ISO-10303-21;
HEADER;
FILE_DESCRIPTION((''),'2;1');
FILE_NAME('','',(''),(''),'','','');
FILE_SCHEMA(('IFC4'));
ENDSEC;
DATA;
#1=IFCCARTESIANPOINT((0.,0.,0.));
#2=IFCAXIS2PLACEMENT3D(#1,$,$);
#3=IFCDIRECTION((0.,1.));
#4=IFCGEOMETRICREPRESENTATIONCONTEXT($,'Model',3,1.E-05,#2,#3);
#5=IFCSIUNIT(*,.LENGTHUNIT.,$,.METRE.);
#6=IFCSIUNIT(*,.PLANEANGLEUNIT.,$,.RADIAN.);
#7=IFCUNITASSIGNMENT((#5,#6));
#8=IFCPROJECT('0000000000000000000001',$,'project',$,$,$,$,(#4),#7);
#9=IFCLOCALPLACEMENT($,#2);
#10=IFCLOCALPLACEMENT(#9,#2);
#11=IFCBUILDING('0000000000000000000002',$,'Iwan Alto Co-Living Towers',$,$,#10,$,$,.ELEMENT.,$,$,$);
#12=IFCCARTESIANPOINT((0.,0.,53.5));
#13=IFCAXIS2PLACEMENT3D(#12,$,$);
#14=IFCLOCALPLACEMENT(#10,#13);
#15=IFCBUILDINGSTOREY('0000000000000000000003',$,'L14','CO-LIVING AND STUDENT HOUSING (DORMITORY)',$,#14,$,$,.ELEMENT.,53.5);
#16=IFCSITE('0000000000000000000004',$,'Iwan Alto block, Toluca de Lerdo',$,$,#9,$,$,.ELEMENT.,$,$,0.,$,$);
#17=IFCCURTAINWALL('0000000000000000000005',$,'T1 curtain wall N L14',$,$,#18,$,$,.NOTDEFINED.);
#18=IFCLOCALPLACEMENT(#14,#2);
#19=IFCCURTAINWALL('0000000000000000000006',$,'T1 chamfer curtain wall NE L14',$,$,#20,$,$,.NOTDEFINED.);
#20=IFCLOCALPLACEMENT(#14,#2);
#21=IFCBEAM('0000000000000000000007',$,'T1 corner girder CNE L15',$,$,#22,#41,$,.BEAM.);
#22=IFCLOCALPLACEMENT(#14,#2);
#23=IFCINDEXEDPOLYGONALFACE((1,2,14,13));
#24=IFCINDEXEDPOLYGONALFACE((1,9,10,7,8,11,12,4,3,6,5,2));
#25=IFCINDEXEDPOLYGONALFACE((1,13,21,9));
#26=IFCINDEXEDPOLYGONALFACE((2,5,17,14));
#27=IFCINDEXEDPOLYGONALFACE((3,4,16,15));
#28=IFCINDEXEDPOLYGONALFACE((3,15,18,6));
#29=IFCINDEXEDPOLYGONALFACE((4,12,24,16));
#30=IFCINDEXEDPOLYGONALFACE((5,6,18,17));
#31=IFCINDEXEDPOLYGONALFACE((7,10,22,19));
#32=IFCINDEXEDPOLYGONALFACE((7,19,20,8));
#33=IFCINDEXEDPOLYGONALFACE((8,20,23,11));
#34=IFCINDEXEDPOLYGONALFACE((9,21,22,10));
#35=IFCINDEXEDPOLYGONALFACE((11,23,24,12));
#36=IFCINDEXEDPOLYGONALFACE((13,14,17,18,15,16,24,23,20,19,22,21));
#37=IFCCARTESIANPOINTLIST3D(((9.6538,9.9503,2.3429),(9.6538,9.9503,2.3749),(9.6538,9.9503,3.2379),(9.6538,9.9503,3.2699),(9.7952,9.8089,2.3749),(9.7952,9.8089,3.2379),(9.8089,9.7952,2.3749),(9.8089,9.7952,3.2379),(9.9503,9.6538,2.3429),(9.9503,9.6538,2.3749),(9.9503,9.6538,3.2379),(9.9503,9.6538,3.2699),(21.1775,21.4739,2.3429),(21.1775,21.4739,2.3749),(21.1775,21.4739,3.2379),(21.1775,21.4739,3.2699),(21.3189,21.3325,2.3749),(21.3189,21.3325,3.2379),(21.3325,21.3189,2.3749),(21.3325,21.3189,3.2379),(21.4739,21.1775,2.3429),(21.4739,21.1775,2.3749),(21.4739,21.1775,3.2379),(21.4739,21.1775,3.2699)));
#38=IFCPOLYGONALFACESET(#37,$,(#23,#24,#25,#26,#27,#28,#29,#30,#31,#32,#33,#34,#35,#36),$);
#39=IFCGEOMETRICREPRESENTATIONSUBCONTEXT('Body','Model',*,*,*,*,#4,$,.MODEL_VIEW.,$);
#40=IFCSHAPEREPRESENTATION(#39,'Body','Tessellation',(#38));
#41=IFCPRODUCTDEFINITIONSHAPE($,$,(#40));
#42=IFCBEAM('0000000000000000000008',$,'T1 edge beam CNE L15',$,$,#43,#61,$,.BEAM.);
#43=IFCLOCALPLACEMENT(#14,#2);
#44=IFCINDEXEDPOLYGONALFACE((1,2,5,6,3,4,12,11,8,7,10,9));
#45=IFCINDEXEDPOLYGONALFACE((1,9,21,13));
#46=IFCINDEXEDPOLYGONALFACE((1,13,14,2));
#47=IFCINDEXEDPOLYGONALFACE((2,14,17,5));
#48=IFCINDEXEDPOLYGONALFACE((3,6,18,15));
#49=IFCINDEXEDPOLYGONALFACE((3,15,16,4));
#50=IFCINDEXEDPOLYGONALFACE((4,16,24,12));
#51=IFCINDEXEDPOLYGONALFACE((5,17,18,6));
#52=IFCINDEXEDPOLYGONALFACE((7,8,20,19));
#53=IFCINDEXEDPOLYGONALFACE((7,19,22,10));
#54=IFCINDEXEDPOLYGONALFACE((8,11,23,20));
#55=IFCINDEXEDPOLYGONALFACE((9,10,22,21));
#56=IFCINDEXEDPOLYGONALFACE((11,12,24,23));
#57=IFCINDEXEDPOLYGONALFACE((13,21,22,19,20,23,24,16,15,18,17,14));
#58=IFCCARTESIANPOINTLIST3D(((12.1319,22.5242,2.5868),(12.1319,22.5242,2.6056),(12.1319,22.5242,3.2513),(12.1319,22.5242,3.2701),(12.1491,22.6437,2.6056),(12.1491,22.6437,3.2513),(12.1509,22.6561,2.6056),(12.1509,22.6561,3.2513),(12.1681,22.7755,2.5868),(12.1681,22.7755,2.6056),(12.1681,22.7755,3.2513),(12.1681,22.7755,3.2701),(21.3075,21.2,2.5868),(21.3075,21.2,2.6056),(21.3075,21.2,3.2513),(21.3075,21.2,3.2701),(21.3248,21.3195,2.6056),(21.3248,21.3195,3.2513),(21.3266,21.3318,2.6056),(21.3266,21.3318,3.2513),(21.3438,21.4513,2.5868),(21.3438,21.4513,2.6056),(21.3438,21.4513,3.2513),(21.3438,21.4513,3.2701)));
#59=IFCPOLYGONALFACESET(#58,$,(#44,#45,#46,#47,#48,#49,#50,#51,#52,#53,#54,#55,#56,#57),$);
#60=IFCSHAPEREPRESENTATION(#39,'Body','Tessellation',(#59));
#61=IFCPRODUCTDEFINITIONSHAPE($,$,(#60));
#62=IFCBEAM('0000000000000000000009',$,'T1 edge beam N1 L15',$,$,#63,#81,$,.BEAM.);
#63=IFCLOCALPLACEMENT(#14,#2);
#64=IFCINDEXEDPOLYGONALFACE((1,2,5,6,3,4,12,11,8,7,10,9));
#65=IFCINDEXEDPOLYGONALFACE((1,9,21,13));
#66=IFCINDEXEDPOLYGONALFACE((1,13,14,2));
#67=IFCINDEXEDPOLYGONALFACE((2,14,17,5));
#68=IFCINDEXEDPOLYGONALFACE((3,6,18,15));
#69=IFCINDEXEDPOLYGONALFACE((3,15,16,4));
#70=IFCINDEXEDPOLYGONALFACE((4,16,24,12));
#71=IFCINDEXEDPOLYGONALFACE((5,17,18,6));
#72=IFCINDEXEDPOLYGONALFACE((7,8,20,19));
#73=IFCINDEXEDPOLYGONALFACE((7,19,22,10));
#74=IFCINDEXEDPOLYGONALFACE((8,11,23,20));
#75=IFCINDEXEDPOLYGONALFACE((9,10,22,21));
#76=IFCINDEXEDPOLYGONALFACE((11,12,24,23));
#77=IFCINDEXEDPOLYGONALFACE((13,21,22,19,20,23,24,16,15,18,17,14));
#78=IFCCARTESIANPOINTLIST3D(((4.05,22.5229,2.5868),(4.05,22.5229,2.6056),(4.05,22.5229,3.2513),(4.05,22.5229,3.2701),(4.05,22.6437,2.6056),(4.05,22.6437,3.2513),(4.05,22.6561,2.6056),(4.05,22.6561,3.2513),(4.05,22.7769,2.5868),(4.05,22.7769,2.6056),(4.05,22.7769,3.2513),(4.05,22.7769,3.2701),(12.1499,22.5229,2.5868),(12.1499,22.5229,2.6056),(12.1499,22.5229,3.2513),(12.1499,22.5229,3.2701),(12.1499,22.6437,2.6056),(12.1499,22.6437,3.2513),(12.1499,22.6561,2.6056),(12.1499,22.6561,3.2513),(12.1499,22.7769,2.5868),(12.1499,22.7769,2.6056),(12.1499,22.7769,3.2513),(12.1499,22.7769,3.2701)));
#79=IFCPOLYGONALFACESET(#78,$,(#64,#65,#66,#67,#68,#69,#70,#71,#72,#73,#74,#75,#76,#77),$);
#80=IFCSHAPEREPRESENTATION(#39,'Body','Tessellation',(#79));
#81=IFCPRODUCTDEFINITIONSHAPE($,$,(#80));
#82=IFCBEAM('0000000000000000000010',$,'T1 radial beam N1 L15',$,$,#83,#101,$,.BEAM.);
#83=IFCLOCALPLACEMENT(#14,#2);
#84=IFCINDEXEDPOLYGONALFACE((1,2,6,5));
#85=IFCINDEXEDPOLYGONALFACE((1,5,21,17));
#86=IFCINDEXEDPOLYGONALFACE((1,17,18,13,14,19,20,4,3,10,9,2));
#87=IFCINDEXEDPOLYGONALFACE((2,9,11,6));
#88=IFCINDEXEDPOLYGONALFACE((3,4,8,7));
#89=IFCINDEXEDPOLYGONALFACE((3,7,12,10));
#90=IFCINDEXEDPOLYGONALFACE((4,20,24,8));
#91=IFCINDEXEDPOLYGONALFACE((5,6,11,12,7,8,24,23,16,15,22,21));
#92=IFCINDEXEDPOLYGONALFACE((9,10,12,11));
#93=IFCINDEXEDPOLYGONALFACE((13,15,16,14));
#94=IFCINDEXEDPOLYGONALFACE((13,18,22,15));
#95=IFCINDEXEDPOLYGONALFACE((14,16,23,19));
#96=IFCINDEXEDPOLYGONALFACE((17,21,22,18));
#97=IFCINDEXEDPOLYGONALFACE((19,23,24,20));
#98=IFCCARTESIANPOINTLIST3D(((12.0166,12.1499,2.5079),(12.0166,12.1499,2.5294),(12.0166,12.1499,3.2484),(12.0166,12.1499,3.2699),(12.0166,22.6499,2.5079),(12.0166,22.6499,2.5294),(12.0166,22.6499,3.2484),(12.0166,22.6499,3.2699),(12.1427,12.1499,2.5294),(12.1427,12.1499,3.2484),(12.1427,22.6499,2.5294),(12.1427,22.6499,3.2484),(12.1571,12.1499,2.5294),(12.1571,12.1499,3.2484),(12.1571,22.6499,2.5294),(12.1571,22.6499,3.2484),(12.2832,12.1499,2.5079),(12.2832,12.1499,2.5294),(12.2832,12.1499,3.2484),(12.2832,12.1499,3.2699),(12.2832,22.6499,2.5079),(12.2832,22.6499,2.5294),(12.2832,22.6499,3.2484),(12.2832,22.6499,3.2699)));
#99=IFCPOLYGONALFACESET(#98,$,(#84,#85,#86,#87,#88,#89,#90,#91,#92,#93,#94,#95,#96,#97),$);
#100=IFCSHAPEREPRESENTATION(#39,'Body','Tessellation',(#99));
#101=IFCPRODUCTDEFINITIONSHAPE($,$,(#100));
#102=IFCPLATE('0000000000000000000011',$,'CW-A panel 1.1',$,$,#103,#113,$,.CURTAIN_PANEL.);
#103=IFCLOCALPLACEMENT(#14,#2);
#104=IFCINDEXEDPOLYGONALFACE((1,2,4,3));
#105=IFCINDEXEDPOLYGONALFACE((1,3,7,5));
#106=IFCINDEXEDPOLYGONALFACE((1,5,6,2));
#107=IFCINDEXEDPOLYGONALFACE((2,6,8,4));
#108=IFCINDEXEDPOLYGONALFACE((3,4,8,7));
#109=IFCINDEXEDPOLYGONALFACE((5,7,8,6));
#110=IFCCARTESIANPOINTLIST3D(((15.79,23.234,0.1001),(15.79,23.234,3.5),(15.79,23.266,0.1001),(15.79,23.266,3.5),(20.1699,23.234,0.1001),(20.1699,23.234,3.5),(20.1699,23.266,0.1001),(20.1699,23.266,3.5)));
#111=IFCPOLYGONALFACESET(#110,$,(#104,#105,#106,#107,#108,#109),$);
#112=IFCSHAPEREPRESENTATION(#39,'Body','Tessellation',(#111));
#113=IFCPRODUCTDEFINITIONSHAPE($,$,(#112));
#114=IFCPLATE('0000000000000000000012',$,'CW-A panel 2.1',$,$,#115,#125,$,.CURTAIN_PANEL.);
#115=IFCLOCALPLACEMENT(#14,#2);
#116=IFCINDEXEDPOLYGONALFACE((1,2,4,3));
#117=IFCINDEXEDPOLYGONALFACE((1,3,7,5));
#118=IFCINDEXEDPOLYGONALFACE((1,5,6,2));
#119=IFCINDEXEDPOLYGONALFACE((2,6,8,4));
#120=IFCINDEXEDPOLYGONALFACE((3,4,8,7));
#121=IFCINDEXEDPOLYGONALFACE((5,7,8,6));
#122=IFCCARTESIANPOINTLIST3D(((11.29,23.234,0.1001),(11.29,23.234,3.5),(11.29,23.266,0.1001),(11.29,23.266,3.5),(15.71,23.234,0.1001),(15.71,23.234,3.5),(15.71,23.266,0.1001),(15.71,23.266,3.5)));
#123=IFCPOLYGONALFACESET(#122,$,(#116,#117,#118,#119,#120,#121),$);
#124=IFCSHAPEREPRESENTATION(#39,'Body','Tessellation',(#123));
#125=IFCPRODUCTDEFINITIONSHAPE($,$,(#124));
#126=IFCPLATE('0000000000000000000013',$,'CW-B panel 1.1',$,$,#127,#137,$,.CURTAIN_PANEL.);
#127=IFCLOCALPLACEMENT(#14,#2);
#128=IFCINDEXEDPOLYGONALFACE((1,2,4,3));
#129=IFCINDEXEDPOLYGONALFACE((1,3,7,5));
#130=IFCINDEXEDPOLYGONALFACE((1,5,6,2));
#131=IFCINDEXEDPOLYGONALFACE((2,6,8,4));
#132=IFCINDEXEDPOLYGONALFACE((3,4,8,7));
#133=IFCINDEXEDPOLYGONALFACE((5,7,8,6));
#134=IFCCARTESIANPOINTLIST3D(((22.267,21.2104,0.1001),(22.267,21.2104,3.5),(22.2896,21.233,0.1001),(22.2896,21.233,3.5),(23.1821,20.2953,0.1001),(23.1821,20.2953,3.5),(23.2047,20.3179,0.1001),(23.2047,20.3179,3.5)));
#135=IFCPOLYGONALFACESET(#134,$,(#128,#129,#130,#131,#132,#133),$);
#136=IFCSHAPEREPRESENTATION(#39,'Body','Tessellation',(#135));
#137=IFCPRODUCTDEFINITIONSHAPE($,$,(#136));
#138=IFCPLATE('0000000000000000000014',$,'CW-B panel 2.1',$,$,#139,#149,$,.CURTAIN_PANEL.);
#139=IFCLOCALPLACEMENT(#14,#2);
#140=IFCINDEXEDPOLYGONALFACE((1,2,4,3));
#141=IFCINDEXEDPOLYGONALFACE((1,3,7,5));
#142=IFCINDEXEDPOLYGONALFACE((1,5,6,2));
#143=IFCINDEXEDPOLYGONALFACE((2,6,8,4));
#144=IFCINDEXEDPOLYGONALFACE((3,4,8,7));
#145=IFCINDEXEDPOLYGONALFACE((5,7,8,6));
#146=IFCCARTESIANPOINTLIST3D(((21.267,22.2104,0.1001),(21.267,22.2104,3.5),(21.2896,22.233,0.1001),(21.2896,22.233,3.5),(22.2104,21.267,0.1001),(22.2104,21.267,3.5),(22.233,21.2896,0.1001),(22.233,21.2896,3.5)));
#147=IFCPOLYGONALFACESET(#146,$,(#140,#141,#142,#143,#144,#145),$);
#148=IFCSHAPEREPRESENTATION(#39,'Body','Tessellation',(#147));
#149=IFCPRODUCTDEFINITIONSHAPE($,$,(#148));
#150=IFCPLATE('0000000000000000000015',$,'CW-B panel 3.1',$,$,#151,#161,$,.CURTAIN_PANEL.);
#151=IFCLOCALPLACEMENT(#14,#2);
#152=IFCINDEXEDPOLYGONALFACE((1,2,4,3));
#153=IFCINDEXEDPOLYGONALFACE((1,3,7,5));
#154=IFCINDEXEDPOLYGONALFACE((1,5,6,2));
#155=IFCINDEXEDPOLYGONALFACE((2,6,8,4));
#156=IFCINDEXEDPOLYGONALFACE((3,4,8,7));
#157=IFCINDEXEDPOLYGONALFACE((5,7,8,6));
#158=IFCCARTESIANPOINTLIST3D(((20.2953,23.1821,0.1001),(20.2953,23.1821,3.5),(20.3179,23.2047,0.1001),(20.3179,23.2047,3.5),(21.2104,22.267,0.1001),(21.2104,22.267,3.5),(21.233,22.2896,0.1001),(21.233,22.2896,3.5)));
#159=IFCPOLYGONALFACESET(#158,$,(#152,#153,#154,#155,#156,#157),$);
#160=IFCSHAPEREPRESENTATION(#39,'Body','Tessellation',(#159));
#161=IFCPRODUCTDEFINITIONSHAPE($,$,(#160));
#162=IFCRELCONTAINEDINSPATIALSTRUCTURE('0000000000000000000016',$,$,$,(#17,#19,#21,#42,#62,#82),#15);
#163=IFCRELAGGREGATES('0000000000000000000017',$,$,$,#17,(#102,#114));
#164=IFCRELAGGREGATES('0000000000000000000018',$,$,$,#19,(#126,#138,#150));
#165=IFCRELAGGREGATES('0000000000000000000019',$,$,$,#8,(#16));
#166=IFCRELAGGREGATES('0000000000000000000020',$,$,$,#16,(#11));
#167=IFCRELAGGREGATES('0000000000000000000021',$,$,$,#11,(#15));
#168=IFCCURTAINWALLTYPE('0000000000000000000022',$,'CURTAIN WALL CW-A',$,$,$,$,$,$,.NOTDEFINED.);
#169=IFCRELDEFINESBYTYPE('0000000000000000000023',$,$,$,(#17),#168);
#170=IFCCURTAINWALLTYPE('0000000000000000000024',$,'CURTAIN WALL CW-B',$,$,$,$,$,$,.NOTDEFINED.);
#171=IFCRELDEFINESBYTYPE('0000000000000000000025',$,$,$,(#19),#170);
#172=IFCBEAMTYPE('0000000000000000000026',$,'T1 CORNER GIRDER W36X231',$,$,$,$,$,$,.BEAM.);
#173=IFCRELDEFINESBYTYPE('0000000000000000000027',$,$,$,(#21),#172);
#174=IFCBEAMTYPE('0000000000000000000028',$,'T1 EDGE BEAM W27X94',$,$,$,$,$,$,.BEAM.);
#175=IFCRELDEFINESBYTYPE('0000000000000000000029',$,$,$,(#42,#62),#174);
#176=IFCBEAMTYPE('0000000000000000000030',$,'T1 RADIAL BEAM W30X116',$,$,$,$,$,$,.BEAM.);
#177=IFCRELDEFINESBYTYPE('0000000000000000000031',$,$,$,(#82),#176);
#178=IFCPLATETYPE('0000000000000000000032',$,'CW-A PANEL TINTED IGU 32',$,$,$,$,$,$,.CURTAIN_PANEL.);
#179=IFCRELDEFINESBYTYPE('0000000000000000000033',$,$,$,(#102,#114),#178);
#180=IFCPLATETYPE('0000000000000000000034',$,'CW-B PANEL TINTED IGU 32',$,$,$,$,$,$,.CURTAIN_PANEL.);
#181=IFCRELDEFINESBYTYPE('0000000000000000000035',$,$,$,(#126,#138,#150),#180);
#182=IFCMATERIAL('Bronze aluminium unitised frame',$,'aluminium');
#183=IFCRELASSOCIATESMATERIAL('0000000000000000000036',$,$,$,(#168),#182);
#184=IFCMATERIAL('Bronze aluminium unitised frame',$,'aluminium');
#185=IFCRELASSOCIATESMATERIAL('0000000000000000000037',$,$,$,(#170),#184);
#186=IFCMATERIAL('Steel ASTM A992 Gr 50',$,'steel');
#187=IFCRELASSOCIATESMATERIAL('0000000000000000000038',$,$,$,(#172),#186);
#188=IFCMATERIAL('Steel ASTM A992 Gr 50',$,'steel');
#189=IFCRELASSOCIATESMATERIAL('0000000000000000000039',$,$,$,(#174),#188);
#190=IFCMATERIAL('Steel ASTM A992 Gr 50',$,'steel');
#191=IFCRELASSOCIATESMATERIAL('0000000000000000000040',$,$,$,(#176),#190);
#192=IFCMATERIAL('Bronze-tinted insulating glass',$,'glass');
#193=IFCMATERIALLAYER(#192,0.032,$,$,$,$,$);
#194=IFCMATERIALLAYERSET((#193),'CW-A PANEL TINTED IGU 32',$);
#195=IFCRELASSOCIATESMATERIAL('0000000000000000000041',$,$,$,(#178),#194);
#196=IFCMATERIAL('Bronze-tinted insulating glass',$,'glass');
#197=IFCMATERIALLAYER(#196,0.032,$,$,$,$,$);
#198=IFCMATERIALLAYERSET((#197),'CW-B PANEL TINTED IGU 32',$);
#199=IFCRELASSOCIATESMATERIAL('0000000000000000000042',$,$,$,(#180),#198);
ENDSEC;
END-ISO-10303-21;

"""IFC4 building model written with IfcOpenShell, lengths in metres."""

from ifc_helpers import new_model, si_unit, direction, frame, origin, origin_2d, place, context, subcontext, project, spatial, rectangle, i_section, extrude, material, layer, layer_set, material_profile, profile_set, type_object, element, aggregate, save


model = new_model("IFC4")

# Units and contexts
model_context = context("Model", 3, precision=1e-05, world=origin(), true_north=direction((0.0, 1.0)))
body_context = subcontext(model_context, "Body", "Model", "MODEL_VIEW")
ifc_project = project(units=[si_unit("LENGTHUNIT", "METRE"), si_unit("PLANEANGLEUNIT", "RADIAN")], contexts=[model_context])

# Site, building, storey
site_placement = place(None, origin())
site = spatial("IfcSite", under=ifc_project, at=site_placement, Name="Iwan Alto block, Toluca de Lerdo", CompositionType="ELEMENT", RefElevation=0.0)
building_placement = place(site_placement, origin())
building = spatial("IfcBuilding", under=site, at=building_placement, Name="Iwan Alto Co-Living Towers", CompositionType="ELEMENT")
storey_placement = place(building_placement, frame((0.0, 0.0, 53.5)))
storey = spatial("IfcBuildingStorey", under=building, at=storey_placement, Name="L14", Description="CO-LIVING AND STUDENT HOUSING (DORMITORY)", CompositionType="ELEMENT", Elevation=53.5)

# Curtain walls
ifc_material_1 = material(Name="Bronze aluminium unitised frame", Category="aluminium")
curtain_wall_type_1 = type_object("IfcCurtainWallType", Name="CURTAIN WALL CW-A", PredefinedType="NOTDEFINED", material=ifc_material_1)
curtain_wall_1_placement = place(storey_placement, origin())
curtain_wall_1 = element("IfcCurtainWall", 1, at=curtain_wall_1_placement, inside=storey, type_object=curtain_wall_type_1, Name="T1 curtain wall N L14", PredefinedType="NOTDEFINED")
ifc_material_2 = material(Name="Bronze aluminium unitised frame", Category="aluminium")
curtain_wall_type_2 = type_object("IfcCurtainWallType", Name="CURTAIN WALL CW-B", PredefinedType="NOTDEFINED", material=ifc_material_2)
curtain_wall_2_placement = place(storey_placement, origin())
curtain_wall_2 = element("IfcCurtainWall", 2, at=curtain_wall_2_placement, inside=storey, type_object=curtain_wall_type_2, Name="T1 chamfer curtain wall NE L14", PredefinedType="NOTDEFINED")

# Beams
ifc_material_3 = material(Name="Steel ASTM A992 Gr 50", Category="steel")
ifc_material_profile_1 = material_profile(ifc_material_3, i_section(OverallWidth=0.4192, OverallDepth=0.927, WebThickness=0.0193, FlangeThickness=0.032, at=origin_2d()), Name="W36X231")
ifc_profile_set_1 = profile_set([ifc_material_profile_1], Name="Steel ASTM A992 Gr 50")
beam_type_1 = type_object("IfcBeamType", Name="T1 CORNER GIRDER W36X231", PredefinedType="BEAM", material=ifc_profile_set_1)
beam_1_placement = place(storey_placement, frame((21.3257, 21.3257, 2.8064), z_axis=(-0.707107, -0.707107, 0.0), x_axis=(0.707107, -0.707107, 0.0)))
element("IfcBeam", 3, at=beam_1_placement, inside=storey, type_object=beam_type_1, Name="T1 corner girder CNE L15", PredefinedType="BEAM", context=body_context, shape_type="SweptSolid", body=[
    extrude(i_section(OverallWidth=0.4192, OverallDepth=0.927, WebThickness=0.0193, FlangeThickness=0.032, at=origin_2d()), origin(), (0.0, 0.0, 1.0), 16.2969),
])
ifc_material_4 = material(Name="Steel ASTM A992 Gr 50", Category="steel")
ifc_material_profile_2 = material_profile(ifc_material_4, i_section(OverallWidth=0.2539, OverallDepth=0.6833, WebThickness=0.0125, FlangeThickness=0.0188, at=origin_2d()), Name="W27X94")
ifc_profile_set_2 = profile_set([ifc_material_profile_2], Name="Steel ASTM A992 Gr 50")
beam_type_2 = type_object("IfcBeamType", Name="T1 EDGE BEAM W27X94", PredefinedType="BEAM", material=ifc_profile_set_2)
beam_2_placement = place(storey_placement, frame((21.3257, 21.3257, 2.9285), z_axis=(-0.989746, 0.142837, 0.0), x_axis=(-0.142837, -0.989746, 0.0)))
element("IfcBeam", 4, at=beam_2_placement, inside=storey, type_object=beam_type_2, Name="T1 edge beam CNE L15", PredefinedType="BEAM", context=body_context, shape_type="SweptSolid", body=[
    extrude(i_section(OverallWidth=0.2539, OverallDepth=0.6833, WebThickness=0.0125, FlangeThickness=0.0188, at=origin_2d()), origin(), (0.0, 0.0, 1.0), 9.2708),
])
beam_3_placement = place(storey_placement, frame((12.1499, 22.6499, 2.9285), z_axis=(-1.0, 0.0, 0.0), x_axis=(0.0, -1.0, 0.0)))
element("IfcBeam", 5, at=beam_3_placement, inside=storey, type_object=beam_type_2, Name="T1 edge beam N1 L15", PredefinedType="BEAM", context=body_context, shape_type="SweptSolid", body=[
    extrude(i_section(OverallWidth=0.2539, OverallDepth=0.6833, WebThickness=0.0125, FlangeThickness=0.0188, at=origin_2d()), origin(), (0.0, 0.0, 1.0), 8.0999),
])
ifc_material_5 = material(Name="Steel ASTM A992 Gr 50", Category="steel")
ifc_material_profile_3 = material_profile(ifc_material_5, i_section(OverallWidth=0.2666, OverallDepth=0.762, WebThickness=0.0144, FlangeThickness=0.0215, at=origin_2d()), Name="W30X116")
ifc_profile_set_3 = profile_set([ifc_material_profile_3], Name="Steel ASTM A992 Gr 50")
beam_type_3 = type_object("IfcBeamType", Name="T1 RADIAL BEAM W30X116", PredefinedType="BEAM", material=ifc_profile_set_3)
beam_4_placement = place(storey_placement, frame((12.1499, 22.6499, 2.8889), z_axis=(0.0, -1.0, 0.0), x_axis=(1.0, 0.0, 0.0)))
element("IfcBeam", 6, at=beam_4_placement, inside=storey, type_object=beam_type_3, Name="T1 radial beam N1 L15", PredefinedType="BEAM", context=body_context, shape_type="SweptSolid", body=[
    extrude(i_section(OverallWidth=0.2666, OverallDepth=0.762, WebThickness=0.0144, FlangeThickness=0.0215, at=origin_2d()), origin(), (0.0, 0.0, 1.0), 10.5),
])

# Plates
ifc_material_6 = material(Name="Bronze-tinted insulating glass", Category="glass")
ifc_layer_1 = layer(ifc_material_6, 0.032)
ifc_layer_set_1 = layer_set([ifc_layer_1], Name="CW-A PANEL TINTED IGU 32")
plate_type_1 = type_object("IfcPlateType", Name="CW-A PANEL TINTED IGU 32", PredefinedType="CURTAIN_PANEL", material=ifc_layer_set_1)
plate_1_placement = place(storey_placement, frame((17.98, 23.25, 0.1001), z_axis=(0.0, 0.0, 1.0), x_axis=(-1.0, 0.0, 0.0)))
plate_1 = element("IfcPlate", 7, at=plate_1_placement, type_object=plate_type_1, Name="CW-A panel 1.1", PredefinedType="CURTAIN_PANEL", context=body_context, shape_type="SweptSolid", body=[
    extrude(rectangle(XDim=4.3799, YDim=0.032, at=origin_2d()), origin(), (0.0, 0.0, 1.0), 3.3999),
])
plate_2_placement = place(storey_placement, frame((13.5, 23.25, 0.1001), z_axis=(0.0, 0.0, 1.0), x_axis=(-1.0, 0.0, 0.0)))
plate_2 = element("IfcPlate", 8, at=plate_2_placement, type_object=plate_type_1, Name="CW-A panel 2.1", PredefinedType="CURTAIN_PANEL", context=body_context, shape_type="SweptSolid", body=[
    extrude(rectangle(XDim=4.4199, YDim=0.032, at=origin_2d()), origin(), (0.0, 0.0, 1.0), 3.3999),
])
aggregate(curtain_wall_1, [plate_1, plate_2])
ifc_material_7 = material(Name="Bronze-tinted insulating glass", Category="glass")
ifc_layer_2 = layer(ifc_material_7, 0.032)
ifc_layer_set_2 = layer_set([ifc_layer_2], Name="CW-B PANEL TINTED IGU 32")
plate_type_2 = type_object("IfcPlateType", Name="CW-B PANEL TINTED IGU 32", PredefinedType="CURTAIN_PANEL", material=ifc_layer_set_2)
plate_3_placement = place(storey_placement, frame((22.7358, 20.7642, 0.1001), z_axis=(0.0, 0.0, 1.0), x_axis=(-0.707107, 0.707107, 0.0)))
plate_3 = element("IfcPlate", 9, at=plate_3_placement, type_object=plate_type_2, Name="CW-B panel 1.1", PredefinedType="CURTAIN_PANEL", context=body_context, shape_type="SweptSolid", body=[
    extrude(rectangle(XDim=1.2942, YDim=0.032, at=origin_2d()), origin(), (0.0, 0.0, 1.0), 3.3999),
])
plate_4_placement = place(storey_placement, frame((21.75, 21.75, 0.1001), z_axis=(0.0, 0.0, 1.0), x_axis=(-0.707107, 0.707107, 0.0)))
plate_4 = element("IfcPlate", 10, at=plate_4_placement, type_object=plate_type_2, Name="CW-B panel 2.1", PredefinedType="CURTAIN_PANEL", context=body_context, shape_type="SweptSolid", body=[
    extrude(rectangle(XDim=1.3342, YDim=0.032, at=origin_2d()), origin(), (0.0, 0.0, 1.0), 3.3999),
])
plate_5_placement = place(storey_placement, frame((20.7642, 22.7358, 0.1001), z_axis=(0.0, 0.0, 1.0), x_axis=(-0.707107, 0.707107, 0.0)))
plate_5 = element("IfcPlate", 11, at=plate_5_placement, type_object=plate_type_2, Name="CW-B panel 3.1", PredefinedType="CURTAIN_PANEL", context=body_context, shape_type="SweptSolid", body=[
    extrude(rectangle(XDim=1.2942, YDim=0.032, at=origin_2d()), origin(), (0.0, 0.0, 1.0), 3.3999),
])
aggregate(curtain_wall_2, [plate_3, plate_4, plate_5])

save(model, "model.ifc")
